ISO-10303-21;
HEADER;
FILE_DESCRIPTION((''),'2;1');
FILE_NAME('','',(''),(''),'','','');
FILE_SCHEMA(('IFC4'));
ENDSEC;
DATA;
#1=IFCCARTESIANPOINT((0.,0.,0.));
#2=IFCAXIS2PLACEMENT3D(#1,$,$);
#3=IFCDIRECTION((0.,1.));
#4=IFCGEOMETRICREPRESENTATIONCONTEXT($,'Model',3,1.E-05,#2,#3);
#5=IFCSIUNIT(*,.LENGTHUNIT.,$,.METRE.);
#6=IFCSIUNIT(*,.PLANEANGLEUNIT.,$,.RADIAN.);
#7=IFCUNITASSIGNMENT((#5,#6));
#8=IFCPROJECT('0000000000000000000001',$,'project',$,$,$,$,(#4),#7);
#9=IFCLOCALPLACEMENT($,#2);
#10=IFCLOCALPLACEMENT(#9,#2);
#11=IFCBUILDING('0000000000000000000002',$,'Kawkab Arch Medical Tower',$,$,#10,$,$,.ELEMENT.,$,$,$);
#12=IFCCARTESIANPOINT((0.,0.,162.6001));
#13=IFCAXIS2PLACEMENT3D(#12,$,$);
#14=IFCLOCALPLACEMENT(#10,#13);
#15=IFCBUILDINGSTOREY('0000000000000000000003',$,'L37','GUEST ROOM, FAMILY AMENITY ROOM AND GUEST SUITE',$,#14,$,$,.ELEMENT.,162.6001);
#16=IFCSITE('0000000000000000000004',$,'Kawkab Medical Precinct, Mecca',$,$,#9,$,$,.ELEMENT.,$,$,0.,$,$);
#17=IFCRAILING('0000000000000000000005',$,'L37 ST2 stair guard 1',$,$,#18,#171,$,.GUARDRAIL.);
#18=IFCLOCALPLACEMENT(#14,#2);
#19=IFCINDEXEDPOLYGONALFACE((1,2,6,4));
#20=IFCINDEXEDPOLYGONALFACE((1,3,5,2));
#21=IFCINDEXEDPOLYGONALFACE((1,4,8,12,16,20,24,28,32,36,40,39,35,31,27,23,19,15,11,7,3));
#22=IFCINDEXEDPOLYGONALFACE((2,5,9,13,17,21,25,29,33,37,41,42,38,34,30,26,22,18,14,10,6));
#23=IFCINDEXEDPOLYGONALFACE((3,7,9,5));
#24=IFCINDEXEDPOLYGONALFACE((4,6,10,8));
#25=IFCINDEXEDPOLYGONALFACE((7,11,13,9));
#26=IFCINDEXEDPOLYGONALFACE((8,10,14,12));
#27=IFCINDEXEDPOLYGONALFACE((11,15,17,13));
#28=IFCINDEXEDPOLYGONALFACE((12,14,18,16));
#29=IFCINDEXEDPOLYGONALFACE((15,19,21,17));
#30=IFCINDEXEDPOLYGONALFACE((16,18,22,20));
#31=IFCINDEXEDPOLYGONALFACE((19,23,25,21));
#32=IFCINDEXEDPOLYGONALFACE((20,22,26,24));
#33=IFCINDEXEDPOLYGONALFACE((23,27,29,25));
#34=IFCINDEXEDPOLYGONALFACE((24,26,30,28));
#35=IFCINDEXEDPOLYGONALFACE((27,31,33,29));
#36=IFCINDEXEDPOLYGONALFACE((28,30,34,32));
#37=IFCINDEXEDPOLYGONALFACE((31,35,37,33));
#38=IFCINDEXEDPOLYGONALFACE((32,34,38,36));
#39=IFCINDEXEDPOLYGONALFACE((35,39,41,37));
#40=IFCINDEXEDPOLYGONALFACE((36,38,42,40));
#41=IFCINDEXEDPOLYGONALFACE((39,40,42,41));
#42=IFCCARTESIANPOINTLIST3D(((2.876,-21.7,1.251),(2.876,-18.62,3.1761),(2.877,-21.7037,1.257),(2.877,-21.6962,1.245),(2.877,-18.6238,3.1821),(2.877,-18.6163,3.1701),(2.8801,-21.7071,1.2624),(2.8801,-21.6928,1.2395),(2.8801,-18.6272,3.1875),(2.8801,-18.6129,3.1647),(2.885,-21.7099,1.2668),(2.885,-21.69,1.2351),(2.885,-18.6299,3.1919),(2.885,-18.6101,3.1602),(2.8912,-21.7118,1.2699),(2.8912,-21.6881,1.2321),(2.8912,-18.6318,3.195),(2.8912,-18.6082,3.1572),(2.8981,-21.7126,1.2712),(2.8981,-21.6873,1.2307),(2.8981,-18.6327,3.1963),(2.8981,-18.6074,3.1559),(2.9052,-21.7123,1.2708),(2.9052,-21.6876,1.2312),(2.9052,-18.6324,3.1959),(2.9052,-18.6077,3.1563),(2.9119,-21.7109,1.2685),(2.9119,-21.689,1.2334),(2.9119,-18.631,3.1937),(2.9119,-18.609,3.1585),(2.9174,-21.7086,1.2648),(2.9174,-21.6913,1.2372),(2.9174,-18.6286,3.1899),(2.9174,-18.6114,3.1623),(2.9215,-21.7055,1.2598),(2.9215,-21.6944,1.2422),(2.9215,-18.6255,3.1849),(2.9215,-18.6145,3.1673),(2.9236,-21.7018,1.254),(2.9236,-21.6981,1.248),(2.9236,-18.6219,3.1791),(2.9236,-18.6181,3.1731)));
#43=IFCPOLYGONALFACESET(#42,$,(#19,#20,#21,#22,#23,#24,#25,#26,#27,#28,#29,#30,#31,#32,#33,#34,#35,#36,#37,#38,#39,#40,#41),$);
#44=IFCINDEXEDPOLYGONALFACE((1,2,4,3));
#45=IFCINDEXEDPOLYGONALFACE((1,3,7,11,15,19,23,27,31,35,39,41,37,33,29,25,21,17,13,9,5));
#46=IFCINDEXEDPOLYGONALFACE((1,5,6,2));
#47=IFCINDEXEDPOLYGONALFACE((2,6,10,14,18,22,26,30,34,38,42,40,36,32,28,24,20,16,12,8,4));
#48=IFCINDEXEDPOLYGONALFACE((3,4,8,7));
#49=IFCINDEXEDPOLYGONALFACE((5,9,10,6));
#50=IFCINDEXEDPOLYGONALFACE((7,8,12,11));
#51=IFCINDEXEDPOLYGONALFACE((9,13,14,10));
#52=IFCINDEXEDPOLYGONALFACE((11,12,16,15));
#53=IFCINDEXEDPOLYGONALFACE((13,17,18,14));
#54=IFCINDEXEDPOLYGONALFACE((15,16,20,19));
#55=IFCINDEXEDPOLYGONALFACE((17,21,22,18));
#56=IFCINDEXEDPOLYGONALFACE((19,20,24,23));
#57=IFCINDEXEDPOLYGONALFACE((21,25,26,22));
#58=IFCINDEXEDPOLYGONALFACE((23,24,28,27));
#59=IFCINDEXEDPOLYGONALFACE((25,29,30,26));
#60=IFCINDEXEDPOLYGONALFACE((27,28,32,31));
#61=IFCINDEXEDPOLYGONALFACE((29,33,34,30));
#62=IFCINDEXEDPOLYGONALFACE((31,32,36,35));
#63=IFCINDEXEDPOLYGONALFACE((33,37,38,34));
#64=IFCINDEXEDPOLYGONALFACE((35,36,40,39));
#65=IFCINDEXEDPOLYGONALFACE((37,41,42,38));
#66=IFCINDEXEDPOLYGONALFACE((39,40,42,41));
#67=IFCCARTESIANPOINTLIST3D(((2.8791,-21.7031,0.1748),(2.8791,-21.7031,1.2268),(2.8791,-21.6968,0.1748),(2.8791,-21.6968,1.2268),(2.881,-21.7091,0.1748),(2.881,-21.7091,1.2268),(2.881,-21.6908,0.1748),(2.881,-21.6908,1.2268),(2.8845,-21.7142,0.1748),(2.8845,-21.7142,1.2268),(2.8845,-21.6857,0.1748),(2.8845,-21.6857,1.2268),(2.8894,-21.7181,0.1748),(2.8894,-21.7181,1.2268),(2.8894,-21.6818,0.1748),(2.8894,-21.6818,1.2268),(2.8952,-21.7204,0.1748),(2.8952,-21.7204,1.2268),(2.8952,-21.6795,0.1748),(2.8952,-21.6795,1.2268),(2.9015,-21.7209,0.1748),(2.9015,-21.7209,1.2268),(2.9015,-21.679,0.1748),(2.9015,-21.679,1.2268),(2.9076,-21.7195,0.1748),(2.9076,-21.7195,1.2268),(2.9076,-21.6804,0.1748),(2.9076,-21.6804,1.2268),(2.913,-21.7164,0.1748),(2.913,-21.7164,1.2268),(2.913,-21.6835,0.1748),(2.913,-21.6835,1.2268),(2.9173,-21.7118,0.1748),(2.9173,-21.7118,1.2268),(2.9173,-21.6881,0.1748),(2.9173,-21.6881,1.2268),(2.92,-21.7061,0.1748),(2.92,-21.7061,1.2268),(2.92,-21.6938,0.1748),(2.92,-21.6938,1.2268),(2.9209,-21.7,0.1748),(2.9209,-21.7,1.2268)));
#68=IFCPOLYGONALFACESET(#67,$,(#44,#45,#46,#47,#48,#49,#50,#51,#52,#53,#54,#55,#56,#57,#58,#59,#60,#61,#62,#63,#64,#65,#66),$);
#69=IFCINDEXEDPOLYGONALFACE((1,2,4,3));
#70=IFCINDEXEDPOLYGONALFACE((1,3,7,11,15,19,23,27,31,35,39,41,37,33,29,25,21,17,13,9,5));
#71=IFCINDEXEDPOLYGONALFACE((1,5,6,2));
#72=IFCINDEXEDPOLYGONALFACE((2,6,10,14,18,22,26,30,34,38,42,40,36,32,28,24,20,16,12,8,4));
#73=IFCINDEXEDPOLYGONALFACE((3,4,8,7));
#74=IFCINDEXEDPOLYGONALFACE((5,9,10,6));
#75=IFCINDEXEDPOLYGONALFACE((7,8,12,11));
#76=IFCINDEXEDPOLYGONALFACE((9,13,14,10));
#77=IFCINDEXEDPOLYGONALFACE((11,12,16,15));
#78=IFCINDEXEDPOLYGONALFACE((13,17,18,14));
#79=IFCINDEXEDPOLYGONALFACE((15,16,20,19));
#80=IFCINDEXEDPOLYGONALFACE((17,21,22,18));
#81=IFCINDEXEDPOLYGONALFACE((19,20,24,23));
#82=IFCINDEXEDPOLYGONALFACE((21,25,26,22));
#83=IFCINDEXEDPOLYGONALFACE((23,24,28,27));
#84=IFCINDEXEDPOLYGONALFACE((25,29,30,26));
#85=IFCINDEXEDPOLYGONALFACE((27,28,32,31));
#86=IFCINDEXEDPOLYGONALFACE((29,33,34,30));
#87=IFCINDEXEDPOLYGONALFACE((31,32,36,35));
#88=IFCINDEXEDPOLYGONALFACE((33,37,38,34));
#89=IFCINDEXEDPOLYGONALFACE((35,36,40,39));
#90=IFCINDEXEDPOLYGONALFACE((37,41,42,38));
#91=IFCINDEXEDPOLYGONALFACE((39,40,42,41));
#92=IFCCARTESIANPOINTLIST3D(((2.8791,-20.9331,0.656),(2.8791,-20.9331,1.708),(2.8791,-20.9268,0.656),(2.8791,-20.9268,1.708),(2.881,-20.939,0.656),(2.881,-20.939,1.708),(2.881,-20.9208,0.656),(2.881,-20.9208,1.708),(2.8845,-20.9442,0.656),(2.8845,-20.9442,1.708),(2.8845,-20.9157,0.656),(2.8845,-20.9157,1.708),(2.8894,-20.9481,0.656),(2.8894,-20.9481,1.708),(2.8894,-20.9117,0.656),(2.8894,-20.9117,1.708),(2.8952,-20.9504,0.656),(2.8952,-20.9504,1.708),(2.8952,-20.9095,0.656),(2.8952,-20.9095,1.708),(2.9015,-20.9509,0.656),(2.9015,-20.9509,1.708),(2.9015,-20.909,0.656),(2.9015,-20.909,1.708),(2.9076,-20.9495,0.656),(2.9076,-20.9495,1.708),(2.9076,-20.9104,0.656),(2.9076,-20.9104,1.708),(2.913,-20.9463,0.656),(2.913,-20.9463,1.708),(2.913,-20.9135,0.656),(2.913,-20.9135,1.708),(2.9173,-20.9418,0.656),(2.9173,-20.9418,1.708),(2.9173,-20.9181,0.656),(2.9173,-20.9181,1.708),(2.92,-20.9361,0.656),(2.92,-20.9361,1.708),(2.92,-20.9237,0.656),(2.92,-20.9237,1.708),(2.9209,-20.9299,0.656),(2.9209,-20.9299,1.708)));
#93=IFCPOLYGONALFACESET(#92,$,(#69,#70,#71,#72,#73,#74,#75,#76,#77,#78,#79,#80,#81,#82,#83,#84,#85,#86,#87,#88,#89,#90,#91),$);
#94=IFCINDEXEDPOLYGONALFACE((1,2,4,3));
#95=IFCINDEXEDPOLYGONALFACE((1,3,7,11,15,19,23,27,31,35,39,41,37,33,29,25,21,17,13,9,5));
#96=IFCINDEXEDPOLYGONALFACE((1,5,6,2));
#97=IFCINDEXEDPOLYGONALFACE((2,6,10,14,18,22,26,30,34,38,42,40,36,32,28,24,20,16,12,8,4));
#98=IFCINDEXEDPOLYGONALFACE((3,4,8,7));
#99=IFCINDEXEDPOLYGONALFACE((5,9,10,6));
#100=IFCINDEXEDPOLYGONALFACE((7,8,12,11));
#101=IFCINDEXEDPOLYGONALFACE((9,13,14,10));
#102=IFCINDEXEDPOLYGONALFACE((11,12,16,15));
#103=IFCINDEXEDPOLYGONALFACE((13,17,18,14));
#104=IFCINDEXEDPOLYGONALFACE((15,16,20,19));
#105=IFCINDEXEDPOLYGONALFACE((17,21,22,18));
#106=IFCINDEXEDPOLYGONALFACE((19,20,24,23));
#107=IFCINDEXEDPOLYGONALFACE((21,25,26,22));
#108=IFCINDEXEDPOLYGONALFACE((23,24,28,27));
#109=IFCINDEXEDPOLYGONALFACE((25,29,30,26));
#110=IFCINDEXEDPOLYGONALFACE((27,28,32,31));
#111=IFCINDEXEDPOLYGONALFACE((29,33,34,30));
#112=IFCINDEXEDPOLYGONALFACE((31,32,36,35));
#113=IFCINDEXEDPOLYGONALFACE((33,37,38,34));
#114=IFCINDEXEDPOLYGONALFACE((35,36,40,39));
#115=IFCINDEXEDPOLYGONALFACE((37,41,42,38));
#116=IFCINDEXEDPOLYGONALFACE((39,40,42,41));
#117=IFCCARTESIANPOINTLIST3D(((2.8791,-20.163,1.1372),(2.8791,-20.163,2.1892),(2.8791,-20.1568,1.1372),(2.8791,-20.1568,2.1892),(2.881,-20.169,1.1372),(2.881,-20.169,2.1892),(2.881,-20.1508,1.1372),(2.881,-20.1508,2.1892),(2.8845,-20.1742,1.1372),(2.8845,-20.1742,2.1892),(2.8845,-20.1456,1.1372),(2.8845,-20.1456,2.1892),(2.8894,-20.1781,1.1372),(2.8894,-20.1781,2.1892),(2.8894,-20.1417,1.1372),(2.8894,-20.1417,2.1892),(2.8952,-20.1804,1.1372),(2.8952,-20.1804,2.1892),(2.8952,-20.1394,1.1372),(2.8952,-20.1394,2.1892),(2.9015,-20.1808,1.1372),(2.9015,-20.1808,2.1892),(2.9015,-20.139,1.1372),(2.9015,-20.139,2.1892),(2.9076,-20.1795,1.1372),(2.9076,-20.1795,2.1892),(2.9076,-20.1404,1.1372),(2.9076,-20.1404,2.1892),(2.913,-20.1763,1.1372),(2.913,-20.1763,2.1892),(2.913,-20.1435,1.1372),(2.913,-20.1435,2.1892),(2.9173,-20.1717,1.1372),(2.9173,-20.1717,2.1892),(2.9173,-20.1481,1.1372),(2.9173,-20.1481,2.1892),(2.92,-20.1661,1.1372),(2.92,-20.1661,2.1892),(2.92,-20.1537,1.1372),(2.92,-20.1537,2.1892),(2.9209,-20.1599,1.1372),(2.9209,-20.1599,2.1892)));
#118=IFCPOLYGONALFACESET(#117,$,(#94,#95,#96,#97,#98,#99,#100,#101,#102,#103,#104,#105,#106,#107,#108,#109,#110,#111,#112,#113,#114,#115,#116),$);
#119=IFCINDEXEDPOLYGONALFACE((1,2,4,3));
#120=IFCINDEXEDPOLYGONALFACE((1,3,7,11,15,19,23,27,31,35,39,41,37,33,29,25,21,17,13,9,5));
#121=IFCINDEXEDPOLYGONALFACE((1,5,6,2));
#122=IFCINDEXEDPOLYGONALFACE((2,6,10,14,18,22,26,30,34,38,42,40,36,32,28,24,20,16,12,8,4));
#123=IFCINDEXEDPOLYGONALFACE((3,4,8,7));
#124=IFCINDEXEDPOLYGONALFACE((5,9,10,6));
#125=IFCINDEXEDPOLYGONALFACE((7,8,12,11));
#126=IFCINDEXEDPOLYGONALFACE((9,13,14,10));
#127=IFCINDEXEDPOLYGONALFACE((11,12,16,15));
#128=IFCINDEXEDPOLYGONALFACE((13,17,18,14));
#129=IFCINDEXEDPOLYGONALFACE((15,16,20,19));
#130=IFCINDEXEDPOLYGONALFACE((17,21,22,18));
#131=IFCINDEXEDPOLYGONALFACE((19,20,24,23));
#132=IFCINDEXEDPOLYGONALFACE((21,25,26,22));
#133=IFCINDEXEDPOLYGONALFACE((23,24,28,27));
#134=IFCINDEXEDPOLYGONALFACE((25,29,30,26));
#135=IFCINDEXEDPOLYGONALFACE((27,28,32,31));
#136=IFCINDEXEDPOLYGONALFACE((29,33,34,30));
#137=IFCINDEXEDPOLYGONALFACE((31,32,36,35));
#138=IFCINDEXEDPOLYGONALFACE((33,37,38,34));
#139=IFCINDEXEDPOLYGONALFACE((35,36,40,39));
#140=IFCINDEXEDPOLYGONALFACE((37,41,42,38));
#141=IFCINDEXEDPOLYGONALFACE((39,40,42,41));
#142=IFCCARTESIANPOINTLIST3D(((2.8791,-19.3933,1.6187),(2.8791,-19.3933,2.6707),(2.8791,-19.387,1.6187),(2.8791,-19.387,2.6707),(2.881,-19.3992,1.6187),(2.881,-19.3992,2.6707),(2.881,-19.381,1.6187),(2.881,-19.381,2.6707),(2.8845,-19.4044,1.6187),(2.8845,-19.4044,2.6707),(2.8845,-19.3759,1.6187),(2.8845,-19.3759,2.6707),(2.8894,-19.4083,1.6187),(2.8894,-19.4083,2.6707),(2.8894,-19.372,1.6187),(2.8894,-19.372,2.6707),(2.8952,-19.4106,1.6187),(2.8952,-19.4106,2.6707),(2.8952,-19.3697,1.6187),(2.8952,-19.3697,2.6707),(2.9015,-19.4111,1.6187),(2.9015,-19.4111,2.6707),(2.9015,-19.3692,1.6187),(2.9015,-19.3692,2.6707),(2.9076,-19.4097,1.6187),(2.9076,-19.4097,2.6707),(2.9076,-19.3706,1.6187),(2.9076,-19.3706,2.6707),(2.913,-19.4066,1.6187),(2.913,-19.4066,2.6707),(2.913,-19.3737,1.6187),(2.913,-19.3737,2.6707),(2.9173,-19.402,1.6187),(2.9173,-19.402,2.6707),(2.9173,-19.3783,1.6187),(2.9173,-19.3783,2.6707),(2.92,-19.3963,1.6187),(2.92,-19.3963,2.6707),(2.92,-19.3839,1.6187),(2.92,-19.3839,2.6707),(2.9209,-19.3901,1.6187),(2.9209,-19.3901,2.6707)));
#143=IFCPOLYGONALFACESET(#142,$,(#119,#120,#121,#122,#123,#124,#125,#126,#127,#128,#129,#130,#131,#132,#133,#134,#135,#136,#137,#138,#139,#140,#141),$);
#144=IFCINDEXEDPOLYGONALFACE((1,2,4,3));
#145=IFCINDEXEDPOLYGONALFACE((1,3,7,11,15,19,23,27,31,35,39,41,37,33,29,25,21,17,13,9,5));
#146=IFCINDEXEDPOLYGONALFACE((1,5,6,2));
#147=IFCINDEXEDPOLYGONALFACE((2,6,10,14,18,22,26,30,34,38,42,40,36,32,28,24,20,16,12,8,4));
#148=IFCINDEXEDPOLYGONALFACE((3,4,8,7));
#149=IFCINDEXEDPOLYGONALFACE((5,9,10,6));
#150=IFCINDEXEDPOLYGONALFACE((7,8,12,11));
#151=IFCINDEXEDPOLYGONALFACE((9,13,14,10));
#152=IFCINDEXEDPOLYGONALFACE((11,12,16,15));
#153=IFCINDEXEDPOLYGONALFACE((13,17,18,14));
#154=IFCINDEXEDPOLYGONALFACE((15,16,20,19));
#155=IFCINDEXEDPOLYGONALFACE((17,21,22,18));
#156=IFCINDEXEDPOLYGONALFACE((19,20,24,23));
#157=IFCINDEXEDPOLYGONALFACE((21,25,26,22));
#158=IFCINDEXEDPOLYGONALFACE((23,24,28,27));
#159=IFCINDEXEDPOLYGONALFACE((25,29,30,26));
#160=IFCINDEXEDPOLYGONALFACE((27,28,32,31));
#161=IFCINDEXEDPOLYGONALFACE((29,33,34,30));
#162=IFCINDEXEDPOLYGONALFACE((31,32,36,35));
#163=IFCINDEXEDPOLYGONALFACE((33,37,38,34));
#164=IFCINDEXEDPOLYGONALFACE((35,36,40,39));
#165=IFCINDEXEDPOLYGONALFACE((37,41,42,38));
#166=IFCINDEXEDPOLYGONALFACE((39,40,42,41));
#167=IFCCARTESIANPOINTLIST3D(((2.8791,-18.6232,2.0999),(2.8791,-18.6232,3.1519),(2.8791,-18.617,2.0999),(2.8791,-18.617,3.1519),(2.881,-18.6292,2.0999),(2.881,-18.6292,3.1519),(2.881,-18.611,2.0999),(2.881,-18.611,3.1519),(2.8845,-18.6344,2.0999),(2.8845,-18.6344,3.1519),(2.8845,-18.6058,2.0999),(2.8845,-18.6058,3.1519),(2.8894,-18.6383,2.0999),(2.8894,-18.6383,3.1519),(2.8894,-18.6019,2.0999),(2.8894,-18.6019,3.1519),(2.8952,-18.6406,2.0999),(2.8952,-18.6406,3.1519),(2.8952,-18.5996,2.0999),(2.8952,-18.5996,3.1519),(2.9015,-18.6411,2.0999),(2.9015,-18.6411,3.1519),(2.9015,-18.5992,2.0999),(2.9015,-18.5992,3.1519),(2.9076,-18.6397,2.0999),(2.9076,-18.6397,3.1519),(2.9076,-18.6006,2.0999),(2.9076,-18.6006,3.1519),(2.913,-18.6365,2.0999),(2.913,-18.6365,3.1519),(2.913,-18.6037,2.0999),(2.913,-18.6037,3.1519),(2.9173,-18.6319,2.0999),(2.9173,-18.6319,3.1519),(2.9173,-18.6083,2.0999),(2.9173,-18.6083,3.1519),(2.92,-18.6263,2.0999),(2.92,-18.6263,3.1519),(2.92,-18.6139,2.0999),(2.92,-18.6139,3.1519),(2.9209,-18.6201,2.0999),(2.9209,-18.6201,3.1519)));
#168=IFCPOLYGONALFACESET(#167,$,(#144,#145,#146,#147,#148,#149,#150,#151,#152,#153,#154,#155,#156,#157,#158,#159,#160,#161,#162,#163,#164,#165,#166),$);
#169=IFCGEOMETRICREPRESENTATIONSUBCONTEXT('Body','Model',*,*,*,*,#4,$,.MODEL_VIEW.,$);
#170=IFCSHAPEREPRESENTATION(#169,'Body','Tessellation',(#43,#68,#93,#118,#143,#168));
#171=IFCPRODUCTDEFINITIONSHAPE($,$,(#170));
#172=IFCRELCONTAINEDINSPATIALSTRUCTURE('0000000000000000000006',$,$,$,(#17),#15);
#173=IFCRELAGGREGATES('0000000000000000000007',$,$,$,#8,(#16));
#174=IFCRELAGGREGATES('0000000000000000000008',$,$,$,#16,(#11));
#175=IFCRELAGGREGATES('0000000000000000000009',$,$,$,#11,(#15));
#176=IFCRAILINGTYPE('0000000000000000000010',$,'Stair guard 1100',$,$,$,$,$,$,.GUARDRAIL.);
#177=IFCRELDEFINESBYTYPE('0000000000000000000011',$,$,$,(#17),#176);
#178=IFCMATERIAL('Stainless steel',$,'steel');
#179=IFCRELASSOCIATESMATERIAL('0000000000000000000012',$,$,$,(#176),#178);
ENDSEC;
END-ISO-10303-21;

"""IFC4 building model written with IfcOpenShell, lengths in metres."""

from ifc_helpers import new_model, si_unit, direction, frame, origin, origin_2d, place, context, subcontext, project, spatial, circle, extrude, material, type_object, element, save


model = new_model("IFC4")

# Units and contexts
model_context = context("Model", 3, precision=1e-05, world=origin(), true_north=direction((0.0, 1.0)))
body_context = subcontext(model_context, "Body", "Model", "MODEL_VIEW")
ifc_project = project(units=[si_unit("LENGTHUNIT", "METRE"), si_unit("PLANEANGLEUNIT", "RADIAN")], contexts=[model_context])

# Site, building, storey
site_placement = place(None, origin())
site = spatial("IfcSite", under=ifc_project, at=site_placement, Name="Kawkab Medical Precinct, Mecca", CompositionType="ELEMENT", RefElevation=0.0)
building_placement = place(site_placement, origin())
building = spatial("IfcBuilding", under=site, at=building_placement, Name="Kawkab Arch Medical Tower", CompositionType="ELEMENT")
storey_placement = place(building_placement, frame((0.0, 0.0, 162.6001)))
storey = spatial("IfcBuildingStorey", under=building, at=storey_placement, Name="L37", Description="GUEST ROOM, FAMILY AMENITY ROOM AND GUEST SUITE", CompositionType="ELEMENT", Elevation=162.6001)

# Railing
ifc_material_1 = material(Name="Stainless steel", Category="steel")
railing_type = type_object("IfcRailingType", Name="Stair guard 1100", PredefinedType="GUARDRAIL", material=ifc_material_1)
railing_1_placement = place(storey_placement, frame((2.8999, -21.7, 0.1748)))
element("IfcRailing", 1, at=railing_1_placement, inside=storey, type_object=railing_type, Name="L37 ST2 stair guard 1", PredefinedType="GUARDRAIL", context=body_context, shape_type="SweptSolid", body=[
    extrude(circle(Radius=0.0239, at=origin_2d()), frame((0.0, 0.0, 1.0762), z_axis=(0.0, 0.847979, 0.530029), x_axis=(-1.0, 0.0, 0.0)), (0.0, 0.0, 1.0), 3.6321),
    extrude(circle(Radius=0.021, at=origin_2d()), origin(), (0.0, 0.0, 1.0), 1.052),
    extrude(circle(Radius=0.021, at=origin_2d()), frame((0.0, 0.77, 0.4812)), (0.0, 0.0, 1.0), 1.052),
    extrude(circle(Radius=0.021, at=origin_2d()), frame((0.0, 1.54, 0.9624)), (0.0, 0.0, 1.0), 1.052),
    extrude(circle(Radius=0.021, at=origin_2d()), frame((0.0, 2.3098, 1.4438)), (0.0, 0.0, 1.0), 1.052),
    extrude(circle(Radius=0.021, at=origin_2d()), frame((0.0, 3.0798, 1.925)), (0.0, 0.0, 1.0), 1.052),
])

save(model, "model.ifc")
